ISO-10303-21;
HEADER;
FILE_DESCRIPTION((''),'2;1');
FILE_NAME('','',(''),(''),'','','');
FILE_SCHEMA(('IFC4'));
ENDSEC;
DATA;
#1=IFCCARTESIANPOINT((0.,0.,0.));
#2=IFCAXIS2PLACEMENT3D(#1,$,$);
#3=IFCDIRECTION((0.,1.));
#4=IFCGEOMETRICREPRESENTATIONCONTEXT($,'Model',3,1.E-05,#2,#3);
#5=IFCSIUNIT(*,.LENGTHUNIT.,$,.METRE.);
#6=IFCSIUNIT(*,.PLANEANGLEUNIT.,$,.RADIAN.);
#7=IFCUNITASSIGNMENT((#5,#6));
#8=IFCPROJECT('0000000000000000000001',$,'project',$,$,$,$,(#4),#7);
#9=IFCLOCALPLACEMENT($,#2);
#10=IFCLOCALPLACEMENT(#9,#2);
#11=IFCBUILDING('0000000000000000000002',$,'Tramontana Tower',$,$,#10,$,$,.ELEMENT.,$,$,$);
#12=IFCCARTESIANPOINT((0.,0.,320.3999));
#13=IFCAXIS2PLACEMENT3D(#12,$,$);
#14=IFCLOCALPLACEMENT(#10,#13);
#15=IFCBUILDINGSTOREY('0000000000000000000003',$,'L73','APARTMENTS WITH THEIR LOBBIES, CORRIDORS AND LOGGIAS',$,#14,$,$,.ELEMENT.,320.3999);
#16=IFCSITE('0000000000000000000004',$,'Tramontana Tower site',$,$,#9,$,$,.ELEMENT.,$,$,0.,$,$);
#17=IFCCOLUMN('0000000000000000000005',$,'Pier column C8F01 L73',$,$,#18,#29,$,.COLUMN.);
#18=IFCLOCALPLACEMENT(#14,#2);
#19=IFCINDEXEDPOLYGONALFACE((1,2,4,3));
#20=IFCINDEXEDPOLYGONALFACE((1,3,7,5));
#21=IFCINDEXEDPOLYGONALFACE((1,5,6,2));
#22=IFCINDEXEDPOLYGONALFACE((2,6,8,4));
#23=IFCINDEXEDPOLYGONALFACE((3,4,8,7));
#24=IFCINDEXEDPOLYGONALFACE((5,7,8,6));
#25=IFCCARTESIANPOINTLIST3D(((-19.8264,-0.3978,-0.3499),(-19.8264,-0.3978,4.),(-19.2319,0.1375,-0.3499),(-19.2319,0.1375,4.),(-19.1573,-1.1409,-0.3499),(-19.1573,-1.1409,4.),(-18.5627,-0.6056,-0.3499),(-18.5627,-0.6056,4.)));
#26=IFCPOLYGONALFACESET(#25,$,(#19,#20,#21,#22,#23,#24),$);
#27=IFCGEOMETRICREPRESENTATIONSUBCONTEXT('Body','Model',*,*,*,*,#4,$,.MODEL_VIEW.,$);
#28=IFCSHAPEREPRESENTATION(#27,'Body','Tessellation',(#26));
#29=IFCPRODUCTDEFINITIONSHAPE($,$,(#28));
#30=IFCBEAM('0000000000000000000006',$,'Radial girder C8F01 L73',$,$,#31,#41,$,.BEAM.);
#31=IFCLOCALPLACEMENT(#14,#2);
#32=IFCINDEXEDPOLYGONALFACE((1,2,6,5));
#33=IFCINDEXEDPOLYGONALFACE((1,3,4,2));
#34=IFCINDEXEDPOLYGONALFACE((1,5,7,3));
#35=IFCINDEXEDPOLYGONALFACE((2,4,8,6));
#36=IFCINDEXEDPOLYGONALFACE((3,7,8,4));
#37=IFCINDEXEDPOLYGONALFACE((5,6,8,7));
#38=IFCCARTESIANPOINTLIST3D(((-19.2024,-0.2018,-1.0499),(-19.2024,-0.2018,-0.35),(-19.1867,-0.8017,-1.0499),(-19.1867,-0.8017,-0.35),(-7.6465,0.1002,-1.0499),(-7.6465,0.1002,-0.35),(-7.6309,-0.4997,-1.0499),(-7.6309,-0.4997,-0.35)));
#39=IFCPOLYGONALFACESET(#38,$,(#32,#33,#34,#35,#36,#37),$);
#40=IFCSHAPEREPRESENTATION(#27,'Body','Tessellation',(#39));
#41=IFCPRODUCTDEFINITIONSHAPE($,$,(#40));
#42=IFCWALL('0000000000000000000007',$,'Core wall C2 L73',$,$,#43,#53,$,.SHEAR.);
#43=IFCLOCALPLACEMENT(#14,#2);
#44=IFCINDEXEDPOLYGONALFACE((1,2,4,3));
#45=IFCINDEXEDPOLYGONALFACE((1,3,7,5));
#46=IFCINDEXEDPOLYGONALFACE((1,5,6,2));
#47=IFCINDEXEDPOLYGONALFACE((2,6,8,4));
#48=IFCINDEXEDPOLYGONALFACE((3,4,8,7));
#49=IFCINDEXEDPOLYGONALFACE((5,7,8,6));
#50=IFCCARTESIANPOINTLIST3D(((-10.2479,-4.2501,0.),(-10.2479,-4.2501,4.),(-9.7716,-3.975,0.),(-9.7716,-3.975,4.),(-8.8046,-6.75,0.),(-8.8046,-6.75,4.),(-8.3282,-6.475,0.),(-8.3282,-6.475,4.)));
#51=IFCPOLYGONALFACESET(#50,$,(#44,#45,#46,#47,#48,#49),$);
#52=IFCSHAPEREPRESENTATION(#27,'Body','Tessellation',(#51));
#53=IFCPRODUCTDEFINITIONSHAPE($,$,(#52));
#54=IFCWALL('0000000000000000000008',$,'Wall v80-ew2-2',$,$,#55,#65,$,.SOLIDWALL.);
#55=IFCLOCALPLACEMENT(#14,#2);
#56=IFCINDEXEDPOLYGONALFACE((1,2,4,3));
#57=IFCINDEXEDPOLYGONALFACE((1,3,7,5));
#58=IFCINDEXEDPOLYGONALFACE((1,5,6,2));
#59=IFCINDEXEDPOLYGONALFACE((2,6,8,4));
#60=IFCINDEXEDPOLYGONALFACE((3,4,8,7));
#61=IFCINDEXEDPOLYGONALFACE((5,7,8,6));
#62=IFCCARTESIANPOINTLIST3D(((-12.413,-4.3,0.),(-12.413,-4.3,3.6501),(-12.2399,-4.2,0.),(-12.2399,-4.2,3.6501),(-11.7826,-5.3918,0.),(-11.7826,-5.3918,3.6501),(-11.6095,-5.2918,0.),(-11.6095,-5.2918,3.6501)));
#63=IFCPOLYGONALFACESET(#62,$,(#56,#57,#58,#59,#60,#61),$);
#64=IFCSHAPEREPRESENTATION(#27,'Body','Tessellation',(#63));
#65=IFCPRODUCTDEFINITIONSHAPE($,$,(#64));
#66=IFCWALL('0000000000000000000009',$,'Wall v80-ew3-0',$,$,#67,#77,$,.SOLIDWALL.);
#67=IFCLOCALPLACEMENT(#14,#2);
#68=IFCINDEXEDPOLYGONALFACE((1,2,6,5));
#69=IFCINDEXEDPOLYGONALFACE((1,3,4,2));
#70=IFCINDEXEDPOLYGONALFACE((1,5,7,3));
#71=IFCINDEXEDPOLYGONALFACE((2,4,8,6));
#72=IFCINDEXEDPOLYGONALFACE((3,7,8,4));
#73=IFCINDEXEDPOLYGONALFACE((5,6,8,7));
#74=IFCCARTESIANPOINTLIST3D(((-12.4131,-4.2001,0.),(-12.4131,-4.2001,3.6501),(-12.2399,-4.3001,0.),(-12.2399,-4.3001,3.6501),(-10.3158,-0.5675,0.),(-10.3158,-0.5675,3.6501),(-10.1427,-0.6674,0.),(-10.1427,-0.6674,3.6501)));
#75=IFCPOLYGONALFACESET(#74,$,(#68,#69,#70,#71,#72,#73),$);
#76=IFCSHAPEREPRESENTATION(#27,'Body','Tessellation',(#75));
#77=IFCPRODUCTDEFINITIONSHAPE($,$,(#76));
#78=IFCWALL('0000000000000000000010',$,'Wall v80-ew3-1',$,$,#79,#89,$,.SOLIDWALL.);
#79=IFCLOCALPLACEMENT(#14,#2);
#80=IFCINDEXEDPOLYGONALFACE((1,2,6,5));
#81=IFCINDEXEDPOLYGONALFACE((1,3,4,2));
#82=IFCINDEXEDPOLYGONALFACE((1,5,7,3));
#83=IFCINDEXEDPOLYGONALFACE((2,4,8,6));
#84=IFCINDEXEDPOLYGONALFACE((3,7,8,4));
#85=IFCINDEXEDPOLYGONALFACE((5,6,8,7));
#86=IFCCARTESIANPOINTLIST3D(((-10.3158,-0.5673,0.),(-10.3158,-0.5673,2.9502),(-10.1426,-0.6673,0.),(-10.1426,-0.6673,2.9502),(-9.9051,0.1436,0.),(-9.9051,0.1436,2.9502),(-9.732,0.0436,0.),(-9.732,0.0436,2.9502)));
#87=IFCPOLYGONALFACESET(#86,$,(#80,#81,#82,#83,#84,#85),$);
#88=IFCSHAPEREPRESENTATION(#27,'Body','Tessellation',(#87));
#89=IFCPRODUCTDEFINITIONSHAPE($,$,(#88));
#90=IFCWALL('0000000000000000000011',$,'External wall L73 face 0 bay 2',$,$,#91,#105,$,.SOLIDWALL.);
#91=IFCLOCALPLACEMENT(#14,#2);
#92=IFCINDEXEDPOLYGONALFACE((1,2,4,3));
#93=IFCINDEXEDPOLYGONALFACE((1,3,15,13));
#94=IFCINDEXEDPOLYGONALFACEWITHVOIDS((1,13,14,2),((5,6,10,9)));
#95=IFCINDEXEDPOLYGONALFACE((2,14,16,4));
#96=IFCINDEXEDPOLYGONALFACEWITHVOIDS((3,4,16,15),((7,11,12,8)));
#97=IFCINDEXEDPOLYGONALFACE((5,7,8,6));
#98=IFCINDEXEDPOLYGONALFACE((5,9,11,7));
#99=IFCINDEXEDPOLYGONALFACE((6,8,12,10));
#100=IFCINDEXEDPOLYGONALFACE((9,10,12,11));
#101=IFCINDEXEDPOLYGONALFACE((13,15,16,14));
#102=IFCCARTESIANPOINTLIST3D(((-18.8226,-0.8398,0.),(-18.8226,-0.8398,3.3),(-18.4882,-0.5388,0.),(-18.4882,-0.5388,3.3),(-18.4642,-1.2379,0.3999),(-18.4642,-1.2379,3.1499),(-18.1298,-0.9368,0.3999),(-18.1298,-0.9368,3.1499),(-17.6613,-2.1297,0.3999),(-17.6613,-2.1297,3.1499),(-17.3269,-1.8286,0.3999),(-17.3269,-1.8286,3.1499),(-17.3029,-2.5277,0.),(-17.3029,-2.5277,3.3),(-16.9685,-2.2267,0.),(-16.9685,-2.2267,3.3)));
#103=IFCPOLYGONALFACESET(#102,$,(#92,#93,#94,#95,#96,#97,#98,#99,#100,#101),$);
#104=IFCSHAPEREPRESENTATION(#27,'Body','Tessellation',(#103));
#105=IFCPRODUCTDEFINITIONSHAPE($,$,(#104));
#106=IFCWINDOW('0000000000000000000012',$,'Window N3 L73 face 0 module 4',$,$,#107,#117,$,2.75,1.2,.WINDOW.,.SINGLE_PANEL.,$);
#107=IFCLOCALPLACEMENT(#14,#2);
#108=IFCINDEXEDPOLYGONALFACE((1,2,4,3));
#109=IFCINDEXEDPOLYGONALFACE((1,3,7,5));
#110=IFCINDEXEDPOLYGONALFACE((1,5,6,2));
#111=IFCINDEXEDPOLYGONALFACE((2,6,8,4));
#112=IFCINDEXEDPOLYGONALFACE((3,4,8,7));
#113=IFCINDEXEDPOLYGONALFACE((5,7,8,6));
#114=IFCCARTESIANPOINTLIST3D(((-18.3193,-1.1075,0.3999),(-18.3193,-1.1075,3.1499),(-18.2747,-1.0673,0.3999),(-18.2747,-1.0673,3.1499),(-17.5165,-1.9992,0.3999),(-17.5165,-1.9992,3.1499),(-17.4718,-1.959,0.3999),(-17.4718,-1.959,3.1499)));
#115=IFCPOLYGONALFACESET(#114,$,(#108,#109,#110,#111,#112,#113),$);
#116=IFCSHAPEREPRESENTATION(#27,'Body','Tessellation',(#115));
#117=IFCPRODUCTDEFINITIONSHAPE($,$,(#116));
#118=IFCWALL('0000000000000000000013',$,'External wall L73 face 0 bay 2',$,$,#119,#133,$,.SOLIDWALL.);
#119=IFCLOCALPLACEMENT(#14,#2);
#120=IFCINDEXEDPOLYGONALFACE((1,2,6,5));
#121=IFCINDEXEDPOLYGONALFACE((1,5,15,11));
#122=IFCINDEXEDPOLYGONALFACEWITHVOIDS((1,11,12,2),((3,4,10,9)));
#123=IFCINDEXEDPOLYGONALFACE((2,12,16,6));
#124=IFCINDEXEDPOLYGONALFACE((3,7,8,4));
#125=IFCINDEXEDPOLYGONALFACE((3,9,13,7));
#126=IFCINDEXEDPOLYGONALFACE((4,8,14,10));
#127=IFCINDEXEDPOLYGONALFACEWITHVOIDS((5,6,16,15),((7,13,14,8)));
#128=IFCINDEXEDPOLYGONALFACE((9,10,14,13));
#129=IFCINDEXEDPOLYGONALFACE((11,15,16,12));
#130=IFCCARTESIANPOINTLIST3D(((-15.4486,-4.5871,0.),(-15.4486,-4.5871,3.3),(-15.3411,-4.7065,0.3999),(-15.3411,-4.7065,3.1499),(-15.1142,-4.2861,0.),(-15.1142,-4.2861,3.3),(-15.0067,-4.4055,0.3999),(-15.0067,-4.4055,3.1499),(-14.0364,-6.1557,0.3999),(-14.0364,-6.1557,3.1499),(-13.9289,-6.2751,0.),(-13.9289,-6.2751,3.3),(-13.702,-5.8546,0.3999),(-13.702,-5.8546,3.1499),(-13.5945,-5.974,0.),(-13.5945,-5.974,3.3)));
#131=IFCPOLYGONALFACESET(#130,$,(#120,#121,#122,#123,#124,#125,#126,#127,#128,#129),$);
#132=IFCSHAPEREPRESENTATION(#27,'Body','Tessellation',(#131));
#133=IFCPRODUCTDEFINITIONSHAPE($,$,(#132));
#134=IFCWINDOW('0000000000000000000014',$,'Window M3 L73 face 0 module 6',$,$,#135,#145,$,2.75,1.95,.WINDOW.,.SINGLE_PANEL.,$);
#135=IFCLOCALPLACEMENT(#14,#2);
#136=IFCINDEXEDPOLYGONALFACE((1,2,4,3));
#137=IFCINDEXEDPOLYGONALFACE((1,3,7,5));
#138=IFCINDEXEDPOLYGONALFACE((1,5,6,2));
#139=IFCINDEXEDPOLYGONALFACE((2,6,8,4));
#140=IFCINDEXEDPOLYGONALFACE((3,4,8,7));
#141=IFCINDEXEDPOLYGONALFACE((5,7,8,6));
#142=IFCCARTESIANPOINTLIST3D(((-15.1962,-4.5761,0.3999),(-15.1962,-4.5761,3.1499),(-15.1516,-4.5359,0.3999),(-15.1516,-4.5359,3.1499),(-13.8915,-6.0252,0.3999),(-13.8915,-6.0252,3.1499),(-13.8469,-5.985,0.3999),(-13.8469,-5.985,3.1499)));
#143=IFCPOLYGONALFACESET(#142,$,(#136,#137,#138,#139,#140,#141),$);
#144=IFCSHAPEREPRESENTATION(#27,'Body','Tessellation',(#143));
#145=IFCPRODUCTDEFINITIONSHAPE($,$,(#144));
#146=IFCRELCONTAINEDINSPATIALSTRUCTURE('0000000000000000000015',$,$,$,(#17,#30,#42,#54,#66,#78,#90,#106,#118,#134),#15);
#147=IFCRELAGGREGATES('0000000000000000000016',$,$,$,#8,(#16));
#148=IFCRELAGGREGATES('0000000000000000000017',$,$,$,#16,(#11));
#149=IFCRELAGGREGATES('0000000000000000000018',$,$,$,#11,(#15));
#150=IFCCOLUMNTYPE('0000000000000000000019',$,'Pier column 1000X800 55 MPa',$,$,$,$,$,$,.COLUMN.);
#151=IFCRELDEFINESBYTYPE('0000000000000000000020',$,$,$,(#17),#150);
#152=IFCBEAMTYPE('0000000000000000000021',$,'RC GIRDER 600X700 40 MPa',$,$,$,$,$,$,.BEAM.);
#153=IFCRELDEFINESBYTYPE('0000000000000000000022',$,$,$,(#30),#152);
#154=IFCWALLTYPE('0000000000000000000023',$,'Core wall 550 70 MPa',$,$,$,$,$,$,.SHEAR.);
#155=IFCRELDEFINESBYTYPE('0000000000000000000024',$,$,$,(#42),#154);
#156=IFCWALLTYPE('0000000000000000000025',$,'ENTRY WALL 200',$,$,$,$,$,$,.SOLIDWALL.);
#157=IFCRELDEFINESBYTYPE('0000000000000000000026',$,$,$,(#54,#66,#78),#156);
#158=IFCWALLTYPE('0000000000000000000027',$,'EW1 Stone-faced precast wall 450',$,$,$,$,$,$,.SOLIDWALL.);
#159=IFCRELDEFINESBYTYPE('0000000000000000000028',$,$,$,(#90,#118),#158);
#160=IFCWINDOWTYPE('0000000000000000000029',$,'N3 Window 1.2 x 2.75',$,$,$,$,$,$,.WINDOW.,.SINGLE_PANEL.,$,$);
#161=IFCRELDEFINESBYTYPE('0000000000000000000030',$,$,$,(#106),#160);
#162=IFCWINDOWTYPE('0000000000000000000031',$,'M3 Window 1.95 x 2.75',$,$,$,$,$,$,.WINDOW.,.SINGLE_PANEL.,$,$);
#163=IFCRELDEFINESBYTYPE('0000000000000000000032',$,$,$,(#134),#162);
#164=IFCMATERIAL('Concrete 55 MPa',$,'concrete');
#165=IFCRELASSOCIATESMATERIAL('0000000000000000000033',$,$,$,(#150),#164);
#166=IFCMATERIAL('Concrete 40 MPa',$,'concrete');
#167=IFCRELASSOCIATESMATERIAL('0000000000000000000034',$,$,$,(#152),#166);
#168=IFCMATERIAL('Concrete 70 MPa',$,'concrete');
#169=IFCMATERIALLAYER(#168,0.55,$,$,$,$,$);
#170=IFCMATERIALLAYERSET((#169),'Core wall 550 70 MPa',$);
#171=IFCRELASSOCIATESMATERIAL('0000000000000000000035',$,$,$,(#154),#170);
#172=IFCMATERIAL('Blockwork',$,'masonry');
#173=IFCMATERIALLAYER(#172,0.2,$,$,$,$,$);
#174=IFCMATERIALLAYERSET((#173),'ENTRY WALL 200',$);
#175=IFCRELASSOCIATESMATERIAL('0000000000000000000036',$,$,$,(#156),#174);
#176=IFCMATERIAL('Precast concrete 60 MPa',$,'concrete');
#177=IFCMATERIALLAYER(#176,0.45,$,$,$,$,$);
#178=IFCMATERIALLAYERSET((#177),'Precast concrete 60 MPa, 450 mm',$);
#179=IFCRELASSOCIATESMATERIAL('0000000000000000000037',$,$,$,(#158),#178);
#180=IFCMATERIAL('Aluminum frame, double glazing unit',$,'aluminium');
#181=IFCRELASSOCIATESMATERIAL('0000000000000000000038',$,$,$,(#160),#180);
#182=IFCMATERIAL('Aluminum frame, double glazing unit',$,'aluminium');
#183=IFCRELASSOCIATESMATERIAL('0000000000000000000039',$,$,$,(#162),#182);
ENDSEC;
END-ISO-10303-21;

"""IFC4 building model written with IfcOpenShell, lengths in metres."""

from ifc_helpers import new_model, si_unit, direction, frame, frame_2d, origin, origin_2d, place, context, subcontext, project, spatial, rectangle, extrude, material, layer, layer_set, material_profile, profile_set, type_object, element, fill, save


model = new_model("IFC4")

# Units and contexts
model_context = context("Model", 3, precision=1e-05, world=origin(), true_north=direction((0.0, 1.0)))
body_context = subcontext(model_context, "Body", "Model", "MODEL_VIEW")
ifc_project = project(units=[si_unit("LENGTHUNIT", "METRE"), si_unit("PLANEANGLEUNIT", "RADIAN")], contexts=[model_context])

# Site, building, storey
site_placement = place(None, origin())
site = spatial("IfcSite", under=ifc_project, at=site_placement, Name="Tramontana Tower site", CompositionType="ELEMENT", RefElevation=0.0)
building_placement = place(site_placement, origin())
building = spatial("IfcBuilding", under=site, at=building_placement, Name="Tramontana Tower", CompositionType="ELEMENT")
storey_placement = place(building_placement, frame((0.0, 0.0, 320.3999)))
storey = spatial("IfcBuildingStorey", under=building, at=storey_placement, Name="L73", Description="APARTMENTS WITH THEIR LOBBIES, CORRIDORS AND LOGGIAS", CompositionType="ELEMENT", Elevation=320.3999)

# Column
ifc_material_1 = material(Name="Concrete 55 MPa", Category="concrete")
ifc_material_profile_1 = material_profile(ifc_material_1, rectangle(XDim=1.0, YDim=0.8, at=origin_2d()), Name="Pier column 1000X800 55 MPa")
ifc_profile_set_1 = profile_set([ifc_material_profile_1], Name="Concrete 55 MPa")
column_type = type_object("IfcColumnType", Name="Pier column 1000X800 55 MPa", PredefinedType="COLUMN", material=ifc_profile_set_1)
column_placement = place(storey_placement, frame((-19.1946, -0.5017, -0.3499), z_axis=(0.0, 0.0, 1.0), x_axis=(0.669131, -0.743145, 0.0)))
element("IfcColumn", 1, at=column_placement, inside=storey, type_object=column_type, Name="Pier column C8F01 L73", PredefinedType="COLUMN", context=body_context, shape_type="SweptSolid", body=[
    extrude(rectangle(XDim=1.0, YDim=0.8, at=origin_2d()), origin(), (0.0, 0.0, 1.0), 4.3499),
])

# Beam
ifc_material_2 = material(Name="Concrete 40 MPa", Category="concrete")
ifc_material_profile_2 = material_profile(ifc_material_2, rectangle(XDim=0.6001, YDim=0.7, at=origin_2d()), Name="RC GIRDER 600X700 40 MPa")
ifc_profile_set_2 = profile_set([ifc_material_profile_2], Name="Concrete 40 MPa")
beam_type = type_object("IfcBeamType", Name="RC GIRDER 600X700 40 MPa", PredefinedType="BEAM", material=ifc_profile_set_2)
beam_placement = place(storey_placement, frame((-19.1946, -0.5017, -0.7), z_axis=(0.999659, 0.026125, 0.0), x_axis=(-0.026125, 0.999659, 0.0)))
element("IfcBeam", 2, at=beam_placement, inside=storey, type_object=beam_type, Name="Radial girder C8F01 L73", PredefinedType="BEAM", context=body_context, shape_type="SweptSolid", body=[
    extrude(rectangle(XDim=0.6001, YDim=0.7, at=origin_2d()), origin(), (0.0, 0.0, 1.0), 11.5598),
])

# Walls
ifc_material_3 = material(Name="Concrete 70 MPa", Category="concrete")
ifc_layer_1 = layer(ifc_material_3, 0.55)
ifc_layer_set_1 = layer_set([ifc_layer_1], Name="Core wall 550 70 MPa")
wall_type_1 = type_object("IfcWallType", Name="Core wall 550 70 MPa", PredefinedType="SHEAR", material=ifc_layer_set_1)
wall_1_placement = place(storey_placement, frame((-10.0098, -4.1125, 0.0), z_axis=(0.0, 0.0, 1.0), x_axis=(0.499996, -0.866028, 0.0)))
element("IfcWall", 3, at=wall_1_placement, inside=storey, type_object=wall_type_1, Name="Core wall C2 L73", PredefinedType="SHEAR", context=body_context, shape_type="SweptSolid", body=[
    extrude(rectangle(XDim=2.8867, YDim=0.55, at=frame_2d((1.4434, 0.0))), origin(), (0.0, 0.0, 1.0), 4.0),
])
ifc_material_4 = material(Name="Blockwork", Category="masonry")
ifc_layer_2 = layer(ifc_material_4, 0.2)
ifc_layer_set_2 = layer_set([ifc_layer_2], Name="ENTRY WALL 200")
wall_type_2 = type_object("IfcWallType", Name="ENTRY WALL 200", PredefinedType="SOLIDWALL", material=ifc_layer_set_2)
wall_2_placement = place(storey_placement, frame((-11.696, -5.3418, 0.0), z_axis=(0.0, 0.0, 1.0), x_axis=(-0.500013, 0.866018, 0.0)))
element("IfcWall", 4, at=wall_2_placement, inside=storey, type_object=wall_type_2, Name="Wall v80-ew2-2", PredefinedType="SOLIDWALL", context=body_context, shape_type="SweptSolid", body=[
    extrude(rectangle(XDim=1.2607, YDim=0.2, at=frame_2d((0.6304, 0.0))), origin(), (0.0, 0.0, 1.0), 3.6501),
])
wall_3_placement = place(storey_placement, frame((-12.3264, -4.25, 0.0), z_axis=(0.0, 0.0, 1.0), x_axis=(0.499983, 0.866035, 0.0)))
element("IfcWall", 5, at=wall_3_placement, inside=storey, type_object=wall_type_2, Name="Wall v80-ew3-0", PredefinedType="SOLIDWALL", context=body_context, shape_type="SweptSolid", body=[
    extrude(rectangle(XDim=4.1946, YDim=0.2, at=frame_2d((2.0972, 0.0))), origin(), (0.0, 0.0, 1.0), 3.6501),
])
wall_4_placement = place(storey_placement, frame((-10.2292, -0.6174, 0.0), z_axis=(0.0, 0.0, 1.0), x_axis=(0.500169, 0.865928, 0.0)))
element("IfcWall", 6, at=wall_4_placement, inside=storey, type_object=wall_type_2, Name="Wall v80-ew3-1", PredefinedType="SOLIDWALL", context=body_context, shape_type="SweptSolid", body=[
    extrude(rectangle(XDim=0.821, YDim=0.2, at=frame_2d((0.4106, 0.0))), origin(), (0.0, 0.0, 1.0), 2.9502),
])

# Walls, openings, windows
ifc_material_5 = material(Name="Precast concrete 60 MPa", Category="concrete")
ifc_layer_3 = layer(ifc_material_5, 0.45)
ifc_layer_set_3 = layer_set([ifc_layer_3], Name="Precast concrete 60 MPa, 450 mm")
wall_type_3 = type_object("IfcWallType", Name="EW1 Stone-faced precast wall 450", PredefinedType="SOLIDWALL", material=ifc_layer_set_3)
wall_5_placement = place(storey_placement, frame((-18.6555, -0.6892, 0.0), z_axis=(0.0, 0.0, 1.0), x_axis=(0.669107, -0.743166, 0.0)))
wall_5 = element("IfcWall", 7, at=wall_5_placement, inside=storey, type_object=wall_type_3, Name="External wall L73 face 0 bay 2", PredefinedType="SOLIDWALL", context=body_context, shape_type="SweptSolid", body=[
    extrude(rectangle(XDim=2.2712, YDim=0.45, at=frame_2d((1.1357, 0.0))), origin(), (0.0, 0.0, 1.0), 3.3),
])
opening_1_placement = place(wall_5_placement, frame((0.5356, 0.0, 0.3999)))
opening_1 = element("IfcOpeningElement", 8, at=opening_1_placement, cuts=wall_5, PredefinedType="OPENING", context=body_context, shape_type="SweptSolid", body=[
    extrude(rectangle(XDim=1.2, YDim=2.75, at=frame_2d((0.6001, 1.375))), frame((0.0, 0.2349, 0.0), z_axis=(0.0, -1.0, 0.0), x_axis=(1.0, 0.0, 0.0)), (0.0, 0.0, 1.0), 0.47),
])
ifc_material_6 = material(Name="Aluminum frame, double glazing unit", Category="aluminium")
window_type_1 = type_object("IfcWindowType", Name="N3 Window 1.2 x 2.75", PartitioningType="SINGLE_PANEL", PredefinedType="WINDOW", material=ifc_material_6)
window_1_placement = place(opening_1_placement, origin())
window_1 = element("IfcWindow", 9, at=window_1_placement, inside=storey, type_object=window_type_1, Name="Window N3 L73 face 0 module 4", OverallHeight=2.75, OverallWidth=1.2, PartitioningType="SINGLE_PANEL", PredefinedType="WINDOW", context=body_context, shape_type="SweptSolid", body=[
    extrude(rectangle(XDim=1.2, YDim=2.75, at=frame_2d((0.6001, 1.375))), frame((0.0, 0.03, 0.0), z_axis=(0.0, -1.0, 0.0), x_axis=(1.0, 0.0, 0.0)), (0.0, 0.0, 1.0), 0.0601),
])
fill(opening_1, window_1)
wall_6_placement = place(storey_placement, frame((-15.2815, -4.4365, 0.0), z_axis=(0.0, 0.0, 1.0), x_axis=(0.669107, -0.743166, 0.0)))
wall_6 = element("IfcWall", 10, at=wall_6_placement, inside=storey, type_object=wall_type_3, Name="External wall L73 face 0 bay 2", PredefinedType="SOLIDWALL", context=body_context, shape_type="SweptSolid", body=[
    extrude(rectangle(XDim=2.2712, YDim=0.45, at=frame_2d((1.1357, 0.0))), origin(), (0.0, 0.0, 1.0), 3.3),
])
opening_2_placement = place(wall_6_placement, frame((0.1606, 0.0, 0.3999)))
opening_2 = element("IfcOpeningElement", 11, at=opening_2_placement, cuts=wall_6, PredefinedType="OPENING", context=body_context, shape_type="SweptSolid", body=[
    extrude(rectangle(XDim=1.95, YDim=2.75, at=frame_2d((0.9751, 1.375))), frame((0.0, 0.2349, 0.0), z_axis=(0.0, -1.0, 0.0), x_axis=(1.0, 0.0, 0.0)), (0.0, 0.0, 1.0), 0.47),
])
ifc_material_7 = material(Name="Aluminum frame, double glazing unit", Category="aluminium")
window_type_2 = type_object("IfcWindowType", Name="M3 Window 1.95 x 2.75", PartitioningType="SINGLE_PANEL", PredefinedType="WINDOW", material=ifc_material_7)
window_2_placement = place(opening_2_placement, origin())
window_2 = element("IfcWindow", 12, at=window_2_placement, inside=storey, type_object=window_type_2, Name="Window M3 L73 face 0 module 6", OverallHeight=2.75, OverallWidth=1.95, PartitioningType="SINGLE_PANEL", PredefinedType="WINDOW", context=body_context, shape_type="SweptSolid", body=[
    extrude(rectangle(XDim=1.95, YDim=2.75, at=frame_2d((0.9751, 1.375))), frame((0.0, 0.03, 0.0), z_axis=(0.0, -1.0, 0.0), x_axis=(1.0, 0.0, 0.0)), (0.0, 0.0, 1.0), 0.0601),
])
fill(opening_2, window_2)

save(model, "model.ifc")
